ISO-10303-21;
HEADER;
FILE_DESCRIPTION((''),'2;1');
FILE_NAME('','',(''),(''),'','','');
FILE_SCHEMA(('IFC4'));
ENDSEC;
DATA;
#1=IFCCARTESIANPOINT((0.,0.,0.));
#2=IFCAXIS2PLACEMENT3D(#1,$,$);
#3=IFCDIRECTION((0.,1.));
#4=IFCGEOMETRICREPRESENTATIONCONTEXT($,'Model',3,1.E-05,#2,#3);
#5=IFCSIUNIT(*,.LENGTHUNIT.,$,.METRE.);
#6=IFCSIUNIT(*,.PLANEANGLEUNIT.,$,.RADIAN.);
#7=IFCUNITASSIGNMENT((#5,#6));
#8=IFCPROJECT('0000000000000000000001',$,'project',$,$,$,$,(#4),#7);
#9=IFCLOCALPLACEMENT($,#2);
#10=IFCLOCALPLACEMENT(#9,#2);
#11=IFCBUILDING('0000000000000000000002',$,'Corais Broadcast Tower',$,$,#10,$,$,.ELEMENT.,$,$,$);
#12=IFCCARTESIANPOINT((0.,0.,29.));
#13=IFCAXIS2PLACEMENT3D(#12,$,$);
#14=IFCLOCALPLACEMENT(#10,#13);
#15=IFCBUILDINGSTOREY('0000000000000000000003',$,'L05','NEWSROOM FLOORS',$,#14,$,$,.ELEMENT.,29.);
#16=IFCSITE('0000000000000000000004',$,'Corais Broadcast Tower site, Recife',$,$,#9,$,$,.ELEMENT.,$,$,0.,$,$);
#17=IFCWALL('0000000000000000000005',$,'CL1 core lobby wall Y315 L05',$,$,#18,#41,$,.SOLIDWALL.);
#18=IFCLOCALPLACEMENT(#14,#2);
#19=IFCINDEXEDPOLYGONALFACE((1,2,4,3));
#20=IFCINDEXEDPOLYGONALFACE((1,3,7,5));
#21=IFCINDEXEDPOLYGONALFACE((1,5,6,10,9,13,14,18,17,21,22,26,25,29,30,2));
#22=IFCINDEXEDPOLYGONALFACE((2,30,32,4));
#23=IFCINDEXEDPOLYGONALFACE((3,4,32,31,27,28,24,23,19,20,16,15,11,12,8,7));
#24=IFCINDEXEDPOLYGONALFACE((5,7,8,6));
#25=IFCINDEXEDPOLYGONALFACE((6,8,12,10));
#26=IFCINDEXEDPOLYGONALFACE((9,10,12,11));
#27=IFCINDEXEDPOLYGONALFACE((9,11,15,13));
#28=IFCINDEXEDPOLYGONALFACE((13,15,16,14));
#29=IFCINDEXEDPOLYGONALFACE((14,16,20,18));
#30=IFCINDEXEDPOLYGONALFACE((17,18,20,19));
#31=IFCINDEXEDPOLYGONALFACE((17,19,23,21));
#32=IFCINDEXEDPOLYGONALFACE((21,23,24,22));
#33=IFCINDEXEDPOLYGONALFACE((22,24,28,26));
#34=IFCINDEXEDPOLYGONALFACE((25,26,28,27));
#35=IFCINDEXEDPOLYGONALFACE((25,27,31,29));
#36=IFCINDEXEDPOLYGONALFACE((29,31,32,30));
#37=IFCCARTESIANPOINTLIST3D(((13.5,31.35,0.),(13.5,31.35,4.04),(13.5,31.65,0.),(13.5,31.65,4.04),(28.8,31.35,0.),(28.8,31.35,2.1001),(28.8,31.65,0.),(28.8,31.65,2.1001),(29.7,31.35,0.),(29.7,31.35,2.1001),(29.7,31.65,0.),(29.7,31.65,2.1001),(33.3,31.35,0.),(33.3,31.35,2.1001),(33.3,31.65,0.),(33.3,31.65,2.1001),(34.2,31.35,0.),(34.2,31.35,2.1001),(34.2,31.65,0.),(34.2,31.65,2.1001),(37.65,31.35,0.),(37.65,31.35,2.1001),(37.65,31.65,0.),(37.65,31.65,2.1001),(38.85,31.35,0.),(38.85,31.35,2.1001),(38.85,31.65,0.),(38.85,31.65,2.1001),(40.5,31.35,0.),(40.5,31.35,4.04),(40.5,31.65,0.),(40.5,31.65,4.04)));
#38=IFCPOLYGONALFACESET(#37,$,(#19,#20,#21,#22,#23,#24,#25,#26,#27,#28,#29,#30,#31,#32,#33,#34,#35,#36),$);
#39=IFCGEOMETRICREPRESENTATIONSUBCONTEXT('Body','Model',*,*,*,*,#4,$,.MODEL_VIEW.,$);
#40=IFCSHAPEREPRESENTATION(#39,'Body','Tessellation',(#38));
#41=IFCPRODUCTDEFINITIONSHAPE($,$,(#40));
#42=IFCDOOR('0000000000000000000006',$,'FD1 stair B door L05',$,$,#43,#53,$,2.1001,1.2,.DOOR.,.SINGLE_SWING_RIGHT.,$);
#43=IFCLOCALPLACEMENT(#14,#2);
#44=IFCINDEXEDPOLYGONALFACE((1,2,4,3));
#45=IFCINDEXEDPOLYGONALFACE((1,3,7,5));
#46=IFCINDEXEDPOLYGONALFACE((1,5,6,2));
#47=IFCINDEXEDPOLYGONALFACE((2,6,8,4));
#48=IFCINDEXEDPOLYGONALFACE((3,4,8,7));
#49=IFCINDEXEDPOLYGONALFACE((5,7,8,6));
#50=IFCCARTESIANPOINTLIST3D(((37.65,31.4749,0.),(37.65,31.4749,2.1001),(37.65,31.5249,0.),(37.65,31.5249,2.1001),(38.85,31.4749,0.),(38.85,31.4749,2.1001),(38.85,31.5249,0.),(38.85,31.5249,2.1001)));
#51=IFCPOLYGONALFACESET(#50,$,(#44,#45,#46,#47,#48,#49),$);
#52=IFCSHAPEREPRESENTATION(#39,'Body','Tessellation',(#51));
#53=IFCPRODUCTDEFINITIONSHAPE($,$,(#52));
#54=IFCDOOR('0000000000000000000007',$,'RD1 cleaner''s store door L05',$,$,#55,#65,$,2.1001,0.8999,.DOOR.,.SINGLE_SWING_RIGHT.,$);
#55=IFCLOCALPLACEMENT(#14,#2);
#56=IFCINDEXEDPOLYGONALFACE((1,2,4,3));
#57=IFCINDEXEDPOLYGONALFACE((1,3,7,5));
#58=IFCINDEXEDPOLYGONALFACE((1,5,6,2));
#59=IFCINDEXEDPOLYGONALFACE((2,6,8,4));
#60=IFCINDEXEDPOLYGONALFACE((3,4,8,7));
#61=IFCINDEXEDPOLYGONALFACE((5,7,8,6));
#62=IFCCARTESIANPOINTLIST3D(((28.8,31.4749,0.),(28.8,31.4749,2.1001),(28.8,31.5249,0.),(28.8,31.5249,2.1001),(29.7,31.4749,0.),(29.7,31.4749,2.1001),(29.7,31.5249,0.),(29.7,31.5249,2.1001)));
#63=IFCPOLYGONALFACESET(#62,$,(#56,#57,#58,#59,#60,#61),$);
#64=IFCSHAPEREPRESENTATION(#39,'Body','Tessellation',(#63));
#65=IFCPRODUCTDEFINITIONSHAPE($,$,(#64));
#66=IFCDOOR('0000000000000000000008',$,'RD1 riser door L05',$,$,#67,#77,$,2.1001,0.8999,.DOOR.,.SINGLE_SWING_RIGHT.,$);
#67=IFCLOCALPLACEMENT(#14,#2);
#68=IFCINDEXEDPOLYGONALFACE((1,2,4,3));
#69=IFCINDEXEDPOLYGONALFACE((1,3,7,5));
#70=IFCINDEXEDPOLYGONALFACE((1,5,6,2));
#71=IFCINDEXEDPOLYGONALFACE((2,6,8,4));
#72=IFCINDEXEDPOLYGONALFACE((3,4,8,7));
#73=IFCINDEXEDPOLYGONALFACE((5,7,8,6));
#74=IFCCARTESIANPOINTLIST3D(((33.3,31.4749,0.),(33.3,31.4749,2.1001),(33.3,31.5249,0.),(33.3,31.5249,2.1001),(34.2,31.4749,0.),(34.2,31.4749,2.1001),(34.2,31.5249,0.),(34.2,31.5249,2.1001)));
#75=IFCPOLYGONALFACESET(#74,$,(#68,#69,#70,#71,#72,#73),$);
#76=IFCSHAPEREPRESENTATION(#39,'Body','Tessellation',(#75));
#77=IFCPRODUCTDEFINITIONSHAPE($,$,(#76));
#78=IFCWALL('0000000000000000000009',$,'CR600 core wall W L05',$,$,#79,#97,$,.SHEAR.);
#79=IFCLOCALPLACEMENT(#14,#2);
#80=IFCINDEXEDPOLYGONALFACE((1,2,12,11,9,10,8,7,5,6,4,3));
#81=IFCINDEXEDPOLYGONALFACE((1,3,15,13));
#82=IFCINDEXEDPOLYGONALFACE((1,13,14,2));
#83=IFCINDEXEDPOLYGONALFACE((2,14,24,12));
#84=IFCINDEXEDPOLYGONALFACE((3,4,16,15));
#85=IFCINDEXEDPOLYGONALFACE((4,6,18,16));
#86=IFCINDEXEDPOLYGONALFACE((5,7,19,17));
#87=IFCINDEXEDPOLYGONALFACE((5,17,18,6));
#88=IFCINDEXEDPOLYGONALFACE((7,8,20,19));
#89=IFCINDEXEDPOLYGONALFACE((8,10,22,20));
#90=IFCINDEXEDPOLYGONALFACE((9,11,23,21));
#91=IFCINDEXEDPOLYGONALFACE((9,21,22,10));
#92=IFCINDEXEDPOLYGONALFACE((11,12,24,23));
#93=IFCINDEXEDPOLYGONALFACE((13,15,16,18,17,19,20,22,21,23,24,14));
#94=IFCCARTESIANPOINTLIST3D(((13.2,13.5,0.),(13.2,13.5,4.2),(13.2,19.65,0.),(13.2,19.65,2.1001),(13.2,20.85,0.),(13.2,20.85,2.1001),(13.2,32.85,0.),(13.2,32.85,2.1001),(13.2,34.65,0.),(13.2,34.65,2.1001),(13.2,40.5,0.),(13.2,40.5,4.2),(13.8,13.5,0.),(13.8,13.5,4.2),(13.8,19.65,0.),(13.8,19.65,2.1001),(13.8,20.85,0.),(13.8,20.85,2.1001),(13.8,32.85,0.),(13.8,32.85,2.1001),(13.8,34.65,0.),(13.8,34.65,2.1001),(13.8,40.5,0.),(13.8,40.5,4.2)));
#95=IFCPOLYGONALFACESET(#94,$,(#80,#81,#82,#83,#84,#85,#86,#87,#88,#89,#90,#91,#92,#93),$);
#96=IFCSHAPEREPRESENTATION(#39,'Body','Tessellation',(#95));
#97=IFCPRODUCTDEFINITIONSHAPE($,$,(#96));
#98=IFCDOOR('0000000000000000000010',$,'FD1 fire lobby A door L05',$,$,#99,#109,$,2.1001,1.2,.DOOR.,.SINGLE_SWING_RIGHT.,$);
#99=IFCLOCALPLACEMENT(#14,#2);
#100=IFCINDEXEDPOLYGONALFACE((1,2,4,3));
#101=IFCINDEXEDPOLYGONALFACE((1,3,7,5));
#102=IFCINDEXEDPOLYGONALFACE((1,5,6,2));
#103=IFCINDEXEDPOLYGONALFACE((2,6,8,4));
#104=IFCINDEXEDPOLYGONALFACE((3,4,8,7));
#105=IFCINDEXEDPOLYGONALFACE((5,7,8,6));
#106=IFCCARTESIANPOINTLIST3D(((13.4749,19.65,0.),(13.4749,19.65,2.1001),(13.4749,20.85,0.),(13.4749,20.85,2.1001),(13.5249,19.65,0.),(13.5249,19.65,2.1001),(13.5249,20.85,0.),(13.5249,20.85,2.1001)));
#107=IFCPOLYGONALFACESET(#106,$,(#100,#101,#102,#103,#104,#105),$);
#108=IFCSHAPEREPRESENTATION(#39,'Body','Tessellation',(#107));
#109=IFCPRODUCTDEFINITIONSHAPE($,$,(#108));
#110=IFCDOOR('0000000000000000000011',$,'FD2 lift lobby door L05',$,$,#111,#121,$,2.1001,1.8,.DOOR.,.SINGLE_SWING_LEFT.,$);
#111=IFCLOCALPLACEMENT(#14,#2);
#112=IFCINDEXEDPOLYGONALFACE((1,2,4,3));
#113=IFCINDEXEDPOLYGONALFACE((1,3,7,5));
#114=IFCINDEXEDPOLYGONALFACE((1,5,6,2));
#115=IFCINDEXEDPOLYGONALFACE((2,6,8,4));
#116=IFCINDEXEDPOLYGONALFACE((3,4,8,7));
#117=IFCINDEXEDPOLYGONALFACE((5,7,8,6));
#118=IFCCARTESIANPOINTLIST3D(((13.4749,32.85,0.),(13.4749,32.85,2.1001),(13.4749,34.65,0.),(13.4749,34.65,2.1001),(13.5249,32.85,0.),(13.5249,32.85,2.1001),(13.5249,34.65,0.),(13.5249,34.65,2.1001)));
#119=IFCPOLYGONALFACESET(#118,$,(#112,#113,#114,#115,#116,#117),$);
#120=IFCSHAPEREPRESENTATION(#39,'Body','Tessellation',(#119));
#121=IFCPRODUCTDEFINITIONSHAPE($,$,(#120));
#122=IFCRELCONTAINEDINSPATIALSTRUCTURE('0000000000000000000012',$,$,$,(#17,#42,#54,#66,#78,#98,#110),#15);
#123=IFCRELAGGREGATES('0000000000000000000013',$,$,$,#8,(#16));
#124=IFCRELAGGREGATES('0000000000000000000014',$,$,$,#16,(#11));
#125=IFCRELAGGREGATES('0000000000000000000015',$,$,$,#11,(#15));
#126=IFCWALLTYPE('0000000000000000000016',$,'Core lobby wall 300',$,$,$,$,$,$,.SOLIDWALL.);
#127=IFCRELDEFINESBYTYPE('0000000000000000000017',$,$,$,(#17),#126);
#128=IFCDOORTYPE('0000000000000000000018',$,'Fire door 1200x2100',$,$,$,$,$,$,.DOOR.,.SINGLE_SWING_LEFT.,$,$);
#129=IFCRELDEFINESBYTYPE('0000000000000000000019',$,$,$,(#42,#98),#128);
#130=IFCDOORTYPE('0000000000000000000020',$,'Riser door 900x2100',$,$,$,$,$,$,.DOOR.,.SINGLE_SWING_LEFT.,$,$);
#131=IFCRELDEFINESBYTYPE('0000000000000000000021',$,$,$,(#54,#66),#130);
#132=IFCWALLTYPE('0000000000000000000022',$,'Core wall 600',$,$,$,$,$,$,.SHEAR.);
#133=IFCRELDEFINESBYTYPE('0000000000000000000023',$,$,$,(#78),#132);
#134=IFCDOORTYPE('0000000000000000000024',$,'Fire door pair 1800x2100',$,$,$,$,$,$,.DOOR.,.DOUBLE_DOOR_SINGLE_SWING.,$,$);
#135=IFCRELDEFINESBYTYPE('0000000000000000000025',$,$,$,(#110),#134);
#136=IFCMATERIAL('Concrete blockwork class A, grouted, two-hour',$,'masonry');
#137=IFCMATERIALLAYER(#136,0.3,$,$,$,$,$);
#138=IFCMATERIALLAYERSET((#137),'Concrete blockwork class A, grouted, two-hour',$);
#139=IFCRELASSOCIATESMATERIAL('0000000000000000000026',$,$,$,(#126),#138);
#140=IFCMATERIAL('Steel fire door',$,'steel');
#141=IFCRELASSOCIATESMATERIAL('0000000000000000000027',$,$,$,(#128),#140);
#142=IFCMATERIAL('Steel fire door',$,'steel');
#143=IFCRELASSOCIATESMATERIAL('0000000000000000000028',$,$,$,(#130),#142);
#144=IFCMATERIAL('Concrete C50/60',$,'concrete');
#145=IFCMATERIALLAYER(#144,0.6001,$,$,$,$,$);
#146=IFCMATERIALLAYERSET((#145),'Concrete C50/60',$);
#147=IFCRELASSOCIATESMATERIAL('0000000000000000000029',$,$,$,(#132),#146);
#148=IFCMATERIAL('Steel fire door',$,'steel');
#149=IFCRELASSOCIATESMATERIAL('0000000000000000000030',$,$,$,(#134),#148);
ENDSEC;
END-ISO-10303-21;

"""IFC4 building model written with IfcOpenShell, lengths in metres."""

from ifc_helpers import new_model, si_unit, direction, frame, frame_2d, origin, place, context, subcontext, project, spatial, rectangle, extrude, material, layer, layer_set, type_object, element, fill, save


model = new_model("IFC4")

# Units and contexts
model_context = context("Model", 3, precision=1e-05, world=origin(), true_north=direction((0.0, 1.0)))
body_context = subcontext(model_context, "Body", "Model", "MODEL_VIEW")
ifc_project = project(units=[si_unit("LENGTHUNIT", "METRE"), si_unit("PLANEANGLEUNIT", "RADIAN")], contexts=[model_context])

# Site, building, storey
site_placement = place(None, origin())
site = spatial("IfcSite", under=ifc_project, at=site_placement, Name="Corais Broadcast Tower site, Recife", CompositionType="ELEMENT", RefElevation=0.0)
building_placement = place(site_placement, origin())
building = spatial("IfcBuilding", under=site, at=building_placement, Name="Corais Broadcast Tower", CompositionType="ELEMENT")
storey_placement = place(building_placement, frame((0.0, 0.0, 29.0)))
storey = spatial("IfcBuildingStorey", under=building, at=storey_placement, Name="L05", Description="NEWSROOM FLOORS", CompositionType="ELEMENT", Elevation=29.0)

# Walls, openings, doors
ifc_material_1 = material(Name="Concrete blockwork class A, grouted, two-hour", Category="masonry")
ifc_layer_1 = layer(ifc_material_1, 0.3)
ifc_layer_set_1 = layer_set([ifc_layer_1], Name="Concrete blockwork class A, grouted, two-hour")
wall_type_1 = type_object("IfcWallType", Name="Core lobby wall 300", PredefinedType="SOLIDWALL", material=ifc_layer_set_1)
wall_1_placement = place(storey_placement, frame((13.5, 31.5, 0.0), z_axis=(0.0, 0.0, 1.0), x_axis=(1.0, 0.0, 0.0)))
wall_1 = element("IfcWall", 1, at=wall_1_placement, inside=storey, type_object=wall_type_1, Name="CL1 core lobby wall Y315 L05", PredefinedType="SOLIDWALL", context=body_context, shape_type="SweptSolid", body=[
    extrude(rectangle(XDim=27.0, YDim=0.3, at=frame_2d((13.5, 0.0))), origin(), (0.0, 0.0, 1.0), 4.04),
])
opening_1_placement = place(wall_1_placement, frame((24.1499, 0.0, 0.0)))
opening_1 = element("IfcOpeningElement", 2, at=opening_1_placement, cuts=wall_1, PredefinedType="OPENING", context=body_context, shape_type="SweptSolid", body=[
    extrude(rectangle(XDim=1.2, YDim=2.1001, at=frame_2d((0.6001, 1.05))), frame((0.0, 0.1599, 0.0), z_axis=(0.0, -1.0, 0.0), x_axis=(1.0, 0.0, 0.0)), (0.0, 0.0, 1.0), 0.3201),
])
opening_2_placement = place(wall_1_placement, frame((15.3, 0.0, 0.0)))
opening_2 = element("IfcOpeningElement", 3, at=opening_2_placement, cuts=wall_1, PredefinedType="OPENING", context=body_context, shape_type="SweptSolid", body=[
    extrude(rectangle(XDim=0.8999, YDim=2.1001, at=frame_2d((0.45, 1.05))), frame((0.0, 0.1599, 0.0), z_axis=(0.0, -1.0, 0.0), x_axis=(1.0, 0.0, 0.0)), (0.0, 0.0, 1.0), 0.3201),
])
opening_3_placement = place(wall_1_placement, frame((19.8, 0.0, 0.0)))
opening_3 = element("IfcOpeningElement", 4, at=opening_3_placement, cuts=wall_1, PredefinedType="OPENING", context=body_context, shape_type="SweptSolid", body=[
    extrude(rectangle(XDim=0.8999, YDim=2.1001, at=frame_2d((0.45, 1.05))), frame((0.0, 0.1599, 0.0), z_axis=(0.0, -1.0, 0.0), x_axis=(1.0, 0.0, 0.0)), (0.0, 0.0, 1.0), 0.3201),
])
ifc_material_2 = material(Name="Steel fire door", Category="steel")
door_type_1 = type_object("IfcDoorType", Name="Fire door 1200x2100", OperationType="SINGLE_SWING_LEFT", PredefinedType="DOOR", material=ifc_material_2)
door_1_placement = place(opening_1_placement, origin())
door_1 = element("IfcDoor", 5, at=door_1_placement, inside=storey, type_object=door_type_1, Name="FD1 stair B door L05", OperationType="SINGLE_SWING_RIGHT", OverallHeight=2.1001, OverallWidth=1.2, PredefinedType="DOOR", context=body_context, shape_type="SweptSolid", body=[
    extrude(rectangle(XDim=1.2, YDim=2.1001, at=frame_2d((0.6001, 1.05))), frame((0.0, 0.0249, 0.0), z_axis=(0.0, -1.0, 0.0), x_axis=(1.0, 0.0, 0.0)), (0.0, 0.0, 1.0), 0.05),
])
fill(opening_1, door_1)
ifc_material_3 = material(Name="Steel fire door", Category="steel")
door_type_2 = type_object("IfcDoorType", Name="Riser door 900x2100", OperationType="SINGLE_SWING_LEFT", PredefinedType="DOOR", material=ifc_material_3)
door_2_placement = place(opening_2_placement, origin())
door_2 = element("IfcDoor", 6, at=door_2_placement, inside=storey, type_object=door_type_2, Name="RD1 cleaner's store door L05", OperationType="SINGLE_SWING_RIGHT", OverallHeight=2.1001, OverallWidth=0.8999, PredefinedType="DOOR", context=body_context, shape_type="SweptSolid", body=[
    extrude(rectangle(XDim=0.8999, YDim=2.1001, at=frame_2d((0.45, 1.05))), frame((0.0, 0.0249, 0.0), z_axis=(0.0, -1.0, 0.0), x_axis=(1.0, 0.0, 0.0)), (0.0, 0.0, 1.0), 0.05),
])
fill(opening_2, door_2)
door_3_placement = place(opening_3_placement, origin())
door_3 = element("IfcDoor", 7, at=door_3_placement, inside=storey, type_object=door_type_2, Name="RD1 riser door L05", OperationType="SINGLE_SWING_RIGHT", OverallHeight=2.1001, OverallWidth=0.8999, PredefinedType="DOOR", context=body_context, shape_type="SweptSolid", body=[
    extrude(rectangle(XDim=0.8999, YDim=2.1001, at=frame_2d((0.45, 1.05))), frame((0.0, 0.0249, 0.0), z_axis=(0.0, -1.0, 0.0), x_axis=(1.0, 0.0, 0.0)), (0.0, 0.0, 1.0), 0.05),
])
fill(opening_3, door_3)
ifc_material_4 = material(Name="Concrete C50/60", Category="concrete")
ifc_layer_2 = layer(ifc_material_4, 0.6001)
ifc_layer_set_2 = layer_set([ifc_layer_2], Name="Concrete C50/60")
wall_type_2 = type_object("IfcWallType", Name="Core wall 600", PredefinedType="SHEAR", material=ifc_layer_set_2)
wall_2_placement = place(storey_placement, frame((13.5, 40.5, 0.0), z_axis=(0.0, 0.0, 1.0), x_axis=(0.0, -1.0, 0.0)))
wall_2 = element("IfcWall", 8, at=wall_2_placement, inside=storey, type_object=wall_type_2, Name="CR600 core wall W L05", PredefinedType="SHEAR", context=body_context, shape_type="SweptSolid", body=[
    extrude(rectangle(XDim=27.0, YDim=0.6001, at=frame_2d((13.5, 0.0))), origin(), (0.0, 0.0, 1.0), 4.2),
])
opening_4_placement = place(wall_2_placement, frame((19.6499, 0.0, 0.0)))
opening_4 = element("IfcOpeningElement", 9, at=opening_4_placement, cuts=wall_2, PredefinedType="OPENING", context=body_context, shape_type="SweptSolid", body=[
    extrude(rectangle(XDim=1.2, YDim=2.1001, at=frame_2d((0.6001, 1.05))), frame((0.0, 0.3101, 0.0), z_axis=(0.0, -1.0, 0.0), x_axis=(1.0, 0.0, 0.0)), (0.0, 0.0, 1.0), 0.6201),
])
opening_5_placement = place(wall_2_placement, frame((5.8501, 0.0, 0.0)))
opening_5 = element("IfcOpeningElement", 10, at=opening_5_placement, cuts=wall_2, PredefinedType="OPENING", context=body_context, shape_type="SweptSolid", body=[
    extrude(rectangle(XDim=1.8, YDim=2.1001, at=frame_2d((0.8999, 1.05))), frame((0.0, 0.3101, 0.0), z_axis=(0.0, -1.0, 0.0), x_axis=(1.0, 0.0, 0.0)), (0.0, 0.0, 1.0), 0.6201),
])
door_4_placement = place(opening_4_placement, origin())
door_4 = element("IfcDoor", 11, at=door_4_placement, inside=storey, type_object=door_type_1, Name="FD1 fire lobby A door L05", OperationType="SINGLE_SWING_RIGHT", OverallHeight=2.1001, OverallWidth=1.2, PredefinedType="DOOR", context=body_context, shape_type="SweptSolid", body=[
    extrude(rectangle(XDim=1.2, YDim=2.1001, at=frame_2d((0.6001, 1.05))), frame((0.0, 0.0249, 0.0), z_axis=(0.0, -1.0, 0.0), x_axis=(1.0, 0.0, 0.0)), (0.0, 0.0, 1.0), 0.05),
])
fill(opening_4, door_4)
ifc_material_5 = material(Name="Steel fire door", Category="steel")
door_type_3 = type_object("IfcDoorType", Name="Fire door pair 1800x2100", OperationType="DOUBLE_DOOR_SINGLE_SWING", PredefinedType="DOOR", material=ifc_material_5)
door_5_placement = place(opening_5_placement, origin())
door_5 = element("IfcDoor", 12, at=door_5_placement, inside=storey, type_object=door_type_3, Name="FD2 lift lobby door L05", OperationType="SINGLE_SWING_LEFT", OverallHeight=2.1001, OverallWidth=1.8, PredefinedType="DOOR", context=body_context, shape_type="SweptSolid", body=[
    extrude(rectangle(XDim=1.8, YDim=2.1001, at=frame_2d((0.8999, 1.05))), frame((0.0, 0.0249, 0.0), z_axis=(0.0, -1.0, 0.0), x_axis=(1.0, 0.0, 0.0)), (0.0, 0.0, 1.0), 0.05),
])
fill(opening_5, door_5)

save(model, "model.ifc")
